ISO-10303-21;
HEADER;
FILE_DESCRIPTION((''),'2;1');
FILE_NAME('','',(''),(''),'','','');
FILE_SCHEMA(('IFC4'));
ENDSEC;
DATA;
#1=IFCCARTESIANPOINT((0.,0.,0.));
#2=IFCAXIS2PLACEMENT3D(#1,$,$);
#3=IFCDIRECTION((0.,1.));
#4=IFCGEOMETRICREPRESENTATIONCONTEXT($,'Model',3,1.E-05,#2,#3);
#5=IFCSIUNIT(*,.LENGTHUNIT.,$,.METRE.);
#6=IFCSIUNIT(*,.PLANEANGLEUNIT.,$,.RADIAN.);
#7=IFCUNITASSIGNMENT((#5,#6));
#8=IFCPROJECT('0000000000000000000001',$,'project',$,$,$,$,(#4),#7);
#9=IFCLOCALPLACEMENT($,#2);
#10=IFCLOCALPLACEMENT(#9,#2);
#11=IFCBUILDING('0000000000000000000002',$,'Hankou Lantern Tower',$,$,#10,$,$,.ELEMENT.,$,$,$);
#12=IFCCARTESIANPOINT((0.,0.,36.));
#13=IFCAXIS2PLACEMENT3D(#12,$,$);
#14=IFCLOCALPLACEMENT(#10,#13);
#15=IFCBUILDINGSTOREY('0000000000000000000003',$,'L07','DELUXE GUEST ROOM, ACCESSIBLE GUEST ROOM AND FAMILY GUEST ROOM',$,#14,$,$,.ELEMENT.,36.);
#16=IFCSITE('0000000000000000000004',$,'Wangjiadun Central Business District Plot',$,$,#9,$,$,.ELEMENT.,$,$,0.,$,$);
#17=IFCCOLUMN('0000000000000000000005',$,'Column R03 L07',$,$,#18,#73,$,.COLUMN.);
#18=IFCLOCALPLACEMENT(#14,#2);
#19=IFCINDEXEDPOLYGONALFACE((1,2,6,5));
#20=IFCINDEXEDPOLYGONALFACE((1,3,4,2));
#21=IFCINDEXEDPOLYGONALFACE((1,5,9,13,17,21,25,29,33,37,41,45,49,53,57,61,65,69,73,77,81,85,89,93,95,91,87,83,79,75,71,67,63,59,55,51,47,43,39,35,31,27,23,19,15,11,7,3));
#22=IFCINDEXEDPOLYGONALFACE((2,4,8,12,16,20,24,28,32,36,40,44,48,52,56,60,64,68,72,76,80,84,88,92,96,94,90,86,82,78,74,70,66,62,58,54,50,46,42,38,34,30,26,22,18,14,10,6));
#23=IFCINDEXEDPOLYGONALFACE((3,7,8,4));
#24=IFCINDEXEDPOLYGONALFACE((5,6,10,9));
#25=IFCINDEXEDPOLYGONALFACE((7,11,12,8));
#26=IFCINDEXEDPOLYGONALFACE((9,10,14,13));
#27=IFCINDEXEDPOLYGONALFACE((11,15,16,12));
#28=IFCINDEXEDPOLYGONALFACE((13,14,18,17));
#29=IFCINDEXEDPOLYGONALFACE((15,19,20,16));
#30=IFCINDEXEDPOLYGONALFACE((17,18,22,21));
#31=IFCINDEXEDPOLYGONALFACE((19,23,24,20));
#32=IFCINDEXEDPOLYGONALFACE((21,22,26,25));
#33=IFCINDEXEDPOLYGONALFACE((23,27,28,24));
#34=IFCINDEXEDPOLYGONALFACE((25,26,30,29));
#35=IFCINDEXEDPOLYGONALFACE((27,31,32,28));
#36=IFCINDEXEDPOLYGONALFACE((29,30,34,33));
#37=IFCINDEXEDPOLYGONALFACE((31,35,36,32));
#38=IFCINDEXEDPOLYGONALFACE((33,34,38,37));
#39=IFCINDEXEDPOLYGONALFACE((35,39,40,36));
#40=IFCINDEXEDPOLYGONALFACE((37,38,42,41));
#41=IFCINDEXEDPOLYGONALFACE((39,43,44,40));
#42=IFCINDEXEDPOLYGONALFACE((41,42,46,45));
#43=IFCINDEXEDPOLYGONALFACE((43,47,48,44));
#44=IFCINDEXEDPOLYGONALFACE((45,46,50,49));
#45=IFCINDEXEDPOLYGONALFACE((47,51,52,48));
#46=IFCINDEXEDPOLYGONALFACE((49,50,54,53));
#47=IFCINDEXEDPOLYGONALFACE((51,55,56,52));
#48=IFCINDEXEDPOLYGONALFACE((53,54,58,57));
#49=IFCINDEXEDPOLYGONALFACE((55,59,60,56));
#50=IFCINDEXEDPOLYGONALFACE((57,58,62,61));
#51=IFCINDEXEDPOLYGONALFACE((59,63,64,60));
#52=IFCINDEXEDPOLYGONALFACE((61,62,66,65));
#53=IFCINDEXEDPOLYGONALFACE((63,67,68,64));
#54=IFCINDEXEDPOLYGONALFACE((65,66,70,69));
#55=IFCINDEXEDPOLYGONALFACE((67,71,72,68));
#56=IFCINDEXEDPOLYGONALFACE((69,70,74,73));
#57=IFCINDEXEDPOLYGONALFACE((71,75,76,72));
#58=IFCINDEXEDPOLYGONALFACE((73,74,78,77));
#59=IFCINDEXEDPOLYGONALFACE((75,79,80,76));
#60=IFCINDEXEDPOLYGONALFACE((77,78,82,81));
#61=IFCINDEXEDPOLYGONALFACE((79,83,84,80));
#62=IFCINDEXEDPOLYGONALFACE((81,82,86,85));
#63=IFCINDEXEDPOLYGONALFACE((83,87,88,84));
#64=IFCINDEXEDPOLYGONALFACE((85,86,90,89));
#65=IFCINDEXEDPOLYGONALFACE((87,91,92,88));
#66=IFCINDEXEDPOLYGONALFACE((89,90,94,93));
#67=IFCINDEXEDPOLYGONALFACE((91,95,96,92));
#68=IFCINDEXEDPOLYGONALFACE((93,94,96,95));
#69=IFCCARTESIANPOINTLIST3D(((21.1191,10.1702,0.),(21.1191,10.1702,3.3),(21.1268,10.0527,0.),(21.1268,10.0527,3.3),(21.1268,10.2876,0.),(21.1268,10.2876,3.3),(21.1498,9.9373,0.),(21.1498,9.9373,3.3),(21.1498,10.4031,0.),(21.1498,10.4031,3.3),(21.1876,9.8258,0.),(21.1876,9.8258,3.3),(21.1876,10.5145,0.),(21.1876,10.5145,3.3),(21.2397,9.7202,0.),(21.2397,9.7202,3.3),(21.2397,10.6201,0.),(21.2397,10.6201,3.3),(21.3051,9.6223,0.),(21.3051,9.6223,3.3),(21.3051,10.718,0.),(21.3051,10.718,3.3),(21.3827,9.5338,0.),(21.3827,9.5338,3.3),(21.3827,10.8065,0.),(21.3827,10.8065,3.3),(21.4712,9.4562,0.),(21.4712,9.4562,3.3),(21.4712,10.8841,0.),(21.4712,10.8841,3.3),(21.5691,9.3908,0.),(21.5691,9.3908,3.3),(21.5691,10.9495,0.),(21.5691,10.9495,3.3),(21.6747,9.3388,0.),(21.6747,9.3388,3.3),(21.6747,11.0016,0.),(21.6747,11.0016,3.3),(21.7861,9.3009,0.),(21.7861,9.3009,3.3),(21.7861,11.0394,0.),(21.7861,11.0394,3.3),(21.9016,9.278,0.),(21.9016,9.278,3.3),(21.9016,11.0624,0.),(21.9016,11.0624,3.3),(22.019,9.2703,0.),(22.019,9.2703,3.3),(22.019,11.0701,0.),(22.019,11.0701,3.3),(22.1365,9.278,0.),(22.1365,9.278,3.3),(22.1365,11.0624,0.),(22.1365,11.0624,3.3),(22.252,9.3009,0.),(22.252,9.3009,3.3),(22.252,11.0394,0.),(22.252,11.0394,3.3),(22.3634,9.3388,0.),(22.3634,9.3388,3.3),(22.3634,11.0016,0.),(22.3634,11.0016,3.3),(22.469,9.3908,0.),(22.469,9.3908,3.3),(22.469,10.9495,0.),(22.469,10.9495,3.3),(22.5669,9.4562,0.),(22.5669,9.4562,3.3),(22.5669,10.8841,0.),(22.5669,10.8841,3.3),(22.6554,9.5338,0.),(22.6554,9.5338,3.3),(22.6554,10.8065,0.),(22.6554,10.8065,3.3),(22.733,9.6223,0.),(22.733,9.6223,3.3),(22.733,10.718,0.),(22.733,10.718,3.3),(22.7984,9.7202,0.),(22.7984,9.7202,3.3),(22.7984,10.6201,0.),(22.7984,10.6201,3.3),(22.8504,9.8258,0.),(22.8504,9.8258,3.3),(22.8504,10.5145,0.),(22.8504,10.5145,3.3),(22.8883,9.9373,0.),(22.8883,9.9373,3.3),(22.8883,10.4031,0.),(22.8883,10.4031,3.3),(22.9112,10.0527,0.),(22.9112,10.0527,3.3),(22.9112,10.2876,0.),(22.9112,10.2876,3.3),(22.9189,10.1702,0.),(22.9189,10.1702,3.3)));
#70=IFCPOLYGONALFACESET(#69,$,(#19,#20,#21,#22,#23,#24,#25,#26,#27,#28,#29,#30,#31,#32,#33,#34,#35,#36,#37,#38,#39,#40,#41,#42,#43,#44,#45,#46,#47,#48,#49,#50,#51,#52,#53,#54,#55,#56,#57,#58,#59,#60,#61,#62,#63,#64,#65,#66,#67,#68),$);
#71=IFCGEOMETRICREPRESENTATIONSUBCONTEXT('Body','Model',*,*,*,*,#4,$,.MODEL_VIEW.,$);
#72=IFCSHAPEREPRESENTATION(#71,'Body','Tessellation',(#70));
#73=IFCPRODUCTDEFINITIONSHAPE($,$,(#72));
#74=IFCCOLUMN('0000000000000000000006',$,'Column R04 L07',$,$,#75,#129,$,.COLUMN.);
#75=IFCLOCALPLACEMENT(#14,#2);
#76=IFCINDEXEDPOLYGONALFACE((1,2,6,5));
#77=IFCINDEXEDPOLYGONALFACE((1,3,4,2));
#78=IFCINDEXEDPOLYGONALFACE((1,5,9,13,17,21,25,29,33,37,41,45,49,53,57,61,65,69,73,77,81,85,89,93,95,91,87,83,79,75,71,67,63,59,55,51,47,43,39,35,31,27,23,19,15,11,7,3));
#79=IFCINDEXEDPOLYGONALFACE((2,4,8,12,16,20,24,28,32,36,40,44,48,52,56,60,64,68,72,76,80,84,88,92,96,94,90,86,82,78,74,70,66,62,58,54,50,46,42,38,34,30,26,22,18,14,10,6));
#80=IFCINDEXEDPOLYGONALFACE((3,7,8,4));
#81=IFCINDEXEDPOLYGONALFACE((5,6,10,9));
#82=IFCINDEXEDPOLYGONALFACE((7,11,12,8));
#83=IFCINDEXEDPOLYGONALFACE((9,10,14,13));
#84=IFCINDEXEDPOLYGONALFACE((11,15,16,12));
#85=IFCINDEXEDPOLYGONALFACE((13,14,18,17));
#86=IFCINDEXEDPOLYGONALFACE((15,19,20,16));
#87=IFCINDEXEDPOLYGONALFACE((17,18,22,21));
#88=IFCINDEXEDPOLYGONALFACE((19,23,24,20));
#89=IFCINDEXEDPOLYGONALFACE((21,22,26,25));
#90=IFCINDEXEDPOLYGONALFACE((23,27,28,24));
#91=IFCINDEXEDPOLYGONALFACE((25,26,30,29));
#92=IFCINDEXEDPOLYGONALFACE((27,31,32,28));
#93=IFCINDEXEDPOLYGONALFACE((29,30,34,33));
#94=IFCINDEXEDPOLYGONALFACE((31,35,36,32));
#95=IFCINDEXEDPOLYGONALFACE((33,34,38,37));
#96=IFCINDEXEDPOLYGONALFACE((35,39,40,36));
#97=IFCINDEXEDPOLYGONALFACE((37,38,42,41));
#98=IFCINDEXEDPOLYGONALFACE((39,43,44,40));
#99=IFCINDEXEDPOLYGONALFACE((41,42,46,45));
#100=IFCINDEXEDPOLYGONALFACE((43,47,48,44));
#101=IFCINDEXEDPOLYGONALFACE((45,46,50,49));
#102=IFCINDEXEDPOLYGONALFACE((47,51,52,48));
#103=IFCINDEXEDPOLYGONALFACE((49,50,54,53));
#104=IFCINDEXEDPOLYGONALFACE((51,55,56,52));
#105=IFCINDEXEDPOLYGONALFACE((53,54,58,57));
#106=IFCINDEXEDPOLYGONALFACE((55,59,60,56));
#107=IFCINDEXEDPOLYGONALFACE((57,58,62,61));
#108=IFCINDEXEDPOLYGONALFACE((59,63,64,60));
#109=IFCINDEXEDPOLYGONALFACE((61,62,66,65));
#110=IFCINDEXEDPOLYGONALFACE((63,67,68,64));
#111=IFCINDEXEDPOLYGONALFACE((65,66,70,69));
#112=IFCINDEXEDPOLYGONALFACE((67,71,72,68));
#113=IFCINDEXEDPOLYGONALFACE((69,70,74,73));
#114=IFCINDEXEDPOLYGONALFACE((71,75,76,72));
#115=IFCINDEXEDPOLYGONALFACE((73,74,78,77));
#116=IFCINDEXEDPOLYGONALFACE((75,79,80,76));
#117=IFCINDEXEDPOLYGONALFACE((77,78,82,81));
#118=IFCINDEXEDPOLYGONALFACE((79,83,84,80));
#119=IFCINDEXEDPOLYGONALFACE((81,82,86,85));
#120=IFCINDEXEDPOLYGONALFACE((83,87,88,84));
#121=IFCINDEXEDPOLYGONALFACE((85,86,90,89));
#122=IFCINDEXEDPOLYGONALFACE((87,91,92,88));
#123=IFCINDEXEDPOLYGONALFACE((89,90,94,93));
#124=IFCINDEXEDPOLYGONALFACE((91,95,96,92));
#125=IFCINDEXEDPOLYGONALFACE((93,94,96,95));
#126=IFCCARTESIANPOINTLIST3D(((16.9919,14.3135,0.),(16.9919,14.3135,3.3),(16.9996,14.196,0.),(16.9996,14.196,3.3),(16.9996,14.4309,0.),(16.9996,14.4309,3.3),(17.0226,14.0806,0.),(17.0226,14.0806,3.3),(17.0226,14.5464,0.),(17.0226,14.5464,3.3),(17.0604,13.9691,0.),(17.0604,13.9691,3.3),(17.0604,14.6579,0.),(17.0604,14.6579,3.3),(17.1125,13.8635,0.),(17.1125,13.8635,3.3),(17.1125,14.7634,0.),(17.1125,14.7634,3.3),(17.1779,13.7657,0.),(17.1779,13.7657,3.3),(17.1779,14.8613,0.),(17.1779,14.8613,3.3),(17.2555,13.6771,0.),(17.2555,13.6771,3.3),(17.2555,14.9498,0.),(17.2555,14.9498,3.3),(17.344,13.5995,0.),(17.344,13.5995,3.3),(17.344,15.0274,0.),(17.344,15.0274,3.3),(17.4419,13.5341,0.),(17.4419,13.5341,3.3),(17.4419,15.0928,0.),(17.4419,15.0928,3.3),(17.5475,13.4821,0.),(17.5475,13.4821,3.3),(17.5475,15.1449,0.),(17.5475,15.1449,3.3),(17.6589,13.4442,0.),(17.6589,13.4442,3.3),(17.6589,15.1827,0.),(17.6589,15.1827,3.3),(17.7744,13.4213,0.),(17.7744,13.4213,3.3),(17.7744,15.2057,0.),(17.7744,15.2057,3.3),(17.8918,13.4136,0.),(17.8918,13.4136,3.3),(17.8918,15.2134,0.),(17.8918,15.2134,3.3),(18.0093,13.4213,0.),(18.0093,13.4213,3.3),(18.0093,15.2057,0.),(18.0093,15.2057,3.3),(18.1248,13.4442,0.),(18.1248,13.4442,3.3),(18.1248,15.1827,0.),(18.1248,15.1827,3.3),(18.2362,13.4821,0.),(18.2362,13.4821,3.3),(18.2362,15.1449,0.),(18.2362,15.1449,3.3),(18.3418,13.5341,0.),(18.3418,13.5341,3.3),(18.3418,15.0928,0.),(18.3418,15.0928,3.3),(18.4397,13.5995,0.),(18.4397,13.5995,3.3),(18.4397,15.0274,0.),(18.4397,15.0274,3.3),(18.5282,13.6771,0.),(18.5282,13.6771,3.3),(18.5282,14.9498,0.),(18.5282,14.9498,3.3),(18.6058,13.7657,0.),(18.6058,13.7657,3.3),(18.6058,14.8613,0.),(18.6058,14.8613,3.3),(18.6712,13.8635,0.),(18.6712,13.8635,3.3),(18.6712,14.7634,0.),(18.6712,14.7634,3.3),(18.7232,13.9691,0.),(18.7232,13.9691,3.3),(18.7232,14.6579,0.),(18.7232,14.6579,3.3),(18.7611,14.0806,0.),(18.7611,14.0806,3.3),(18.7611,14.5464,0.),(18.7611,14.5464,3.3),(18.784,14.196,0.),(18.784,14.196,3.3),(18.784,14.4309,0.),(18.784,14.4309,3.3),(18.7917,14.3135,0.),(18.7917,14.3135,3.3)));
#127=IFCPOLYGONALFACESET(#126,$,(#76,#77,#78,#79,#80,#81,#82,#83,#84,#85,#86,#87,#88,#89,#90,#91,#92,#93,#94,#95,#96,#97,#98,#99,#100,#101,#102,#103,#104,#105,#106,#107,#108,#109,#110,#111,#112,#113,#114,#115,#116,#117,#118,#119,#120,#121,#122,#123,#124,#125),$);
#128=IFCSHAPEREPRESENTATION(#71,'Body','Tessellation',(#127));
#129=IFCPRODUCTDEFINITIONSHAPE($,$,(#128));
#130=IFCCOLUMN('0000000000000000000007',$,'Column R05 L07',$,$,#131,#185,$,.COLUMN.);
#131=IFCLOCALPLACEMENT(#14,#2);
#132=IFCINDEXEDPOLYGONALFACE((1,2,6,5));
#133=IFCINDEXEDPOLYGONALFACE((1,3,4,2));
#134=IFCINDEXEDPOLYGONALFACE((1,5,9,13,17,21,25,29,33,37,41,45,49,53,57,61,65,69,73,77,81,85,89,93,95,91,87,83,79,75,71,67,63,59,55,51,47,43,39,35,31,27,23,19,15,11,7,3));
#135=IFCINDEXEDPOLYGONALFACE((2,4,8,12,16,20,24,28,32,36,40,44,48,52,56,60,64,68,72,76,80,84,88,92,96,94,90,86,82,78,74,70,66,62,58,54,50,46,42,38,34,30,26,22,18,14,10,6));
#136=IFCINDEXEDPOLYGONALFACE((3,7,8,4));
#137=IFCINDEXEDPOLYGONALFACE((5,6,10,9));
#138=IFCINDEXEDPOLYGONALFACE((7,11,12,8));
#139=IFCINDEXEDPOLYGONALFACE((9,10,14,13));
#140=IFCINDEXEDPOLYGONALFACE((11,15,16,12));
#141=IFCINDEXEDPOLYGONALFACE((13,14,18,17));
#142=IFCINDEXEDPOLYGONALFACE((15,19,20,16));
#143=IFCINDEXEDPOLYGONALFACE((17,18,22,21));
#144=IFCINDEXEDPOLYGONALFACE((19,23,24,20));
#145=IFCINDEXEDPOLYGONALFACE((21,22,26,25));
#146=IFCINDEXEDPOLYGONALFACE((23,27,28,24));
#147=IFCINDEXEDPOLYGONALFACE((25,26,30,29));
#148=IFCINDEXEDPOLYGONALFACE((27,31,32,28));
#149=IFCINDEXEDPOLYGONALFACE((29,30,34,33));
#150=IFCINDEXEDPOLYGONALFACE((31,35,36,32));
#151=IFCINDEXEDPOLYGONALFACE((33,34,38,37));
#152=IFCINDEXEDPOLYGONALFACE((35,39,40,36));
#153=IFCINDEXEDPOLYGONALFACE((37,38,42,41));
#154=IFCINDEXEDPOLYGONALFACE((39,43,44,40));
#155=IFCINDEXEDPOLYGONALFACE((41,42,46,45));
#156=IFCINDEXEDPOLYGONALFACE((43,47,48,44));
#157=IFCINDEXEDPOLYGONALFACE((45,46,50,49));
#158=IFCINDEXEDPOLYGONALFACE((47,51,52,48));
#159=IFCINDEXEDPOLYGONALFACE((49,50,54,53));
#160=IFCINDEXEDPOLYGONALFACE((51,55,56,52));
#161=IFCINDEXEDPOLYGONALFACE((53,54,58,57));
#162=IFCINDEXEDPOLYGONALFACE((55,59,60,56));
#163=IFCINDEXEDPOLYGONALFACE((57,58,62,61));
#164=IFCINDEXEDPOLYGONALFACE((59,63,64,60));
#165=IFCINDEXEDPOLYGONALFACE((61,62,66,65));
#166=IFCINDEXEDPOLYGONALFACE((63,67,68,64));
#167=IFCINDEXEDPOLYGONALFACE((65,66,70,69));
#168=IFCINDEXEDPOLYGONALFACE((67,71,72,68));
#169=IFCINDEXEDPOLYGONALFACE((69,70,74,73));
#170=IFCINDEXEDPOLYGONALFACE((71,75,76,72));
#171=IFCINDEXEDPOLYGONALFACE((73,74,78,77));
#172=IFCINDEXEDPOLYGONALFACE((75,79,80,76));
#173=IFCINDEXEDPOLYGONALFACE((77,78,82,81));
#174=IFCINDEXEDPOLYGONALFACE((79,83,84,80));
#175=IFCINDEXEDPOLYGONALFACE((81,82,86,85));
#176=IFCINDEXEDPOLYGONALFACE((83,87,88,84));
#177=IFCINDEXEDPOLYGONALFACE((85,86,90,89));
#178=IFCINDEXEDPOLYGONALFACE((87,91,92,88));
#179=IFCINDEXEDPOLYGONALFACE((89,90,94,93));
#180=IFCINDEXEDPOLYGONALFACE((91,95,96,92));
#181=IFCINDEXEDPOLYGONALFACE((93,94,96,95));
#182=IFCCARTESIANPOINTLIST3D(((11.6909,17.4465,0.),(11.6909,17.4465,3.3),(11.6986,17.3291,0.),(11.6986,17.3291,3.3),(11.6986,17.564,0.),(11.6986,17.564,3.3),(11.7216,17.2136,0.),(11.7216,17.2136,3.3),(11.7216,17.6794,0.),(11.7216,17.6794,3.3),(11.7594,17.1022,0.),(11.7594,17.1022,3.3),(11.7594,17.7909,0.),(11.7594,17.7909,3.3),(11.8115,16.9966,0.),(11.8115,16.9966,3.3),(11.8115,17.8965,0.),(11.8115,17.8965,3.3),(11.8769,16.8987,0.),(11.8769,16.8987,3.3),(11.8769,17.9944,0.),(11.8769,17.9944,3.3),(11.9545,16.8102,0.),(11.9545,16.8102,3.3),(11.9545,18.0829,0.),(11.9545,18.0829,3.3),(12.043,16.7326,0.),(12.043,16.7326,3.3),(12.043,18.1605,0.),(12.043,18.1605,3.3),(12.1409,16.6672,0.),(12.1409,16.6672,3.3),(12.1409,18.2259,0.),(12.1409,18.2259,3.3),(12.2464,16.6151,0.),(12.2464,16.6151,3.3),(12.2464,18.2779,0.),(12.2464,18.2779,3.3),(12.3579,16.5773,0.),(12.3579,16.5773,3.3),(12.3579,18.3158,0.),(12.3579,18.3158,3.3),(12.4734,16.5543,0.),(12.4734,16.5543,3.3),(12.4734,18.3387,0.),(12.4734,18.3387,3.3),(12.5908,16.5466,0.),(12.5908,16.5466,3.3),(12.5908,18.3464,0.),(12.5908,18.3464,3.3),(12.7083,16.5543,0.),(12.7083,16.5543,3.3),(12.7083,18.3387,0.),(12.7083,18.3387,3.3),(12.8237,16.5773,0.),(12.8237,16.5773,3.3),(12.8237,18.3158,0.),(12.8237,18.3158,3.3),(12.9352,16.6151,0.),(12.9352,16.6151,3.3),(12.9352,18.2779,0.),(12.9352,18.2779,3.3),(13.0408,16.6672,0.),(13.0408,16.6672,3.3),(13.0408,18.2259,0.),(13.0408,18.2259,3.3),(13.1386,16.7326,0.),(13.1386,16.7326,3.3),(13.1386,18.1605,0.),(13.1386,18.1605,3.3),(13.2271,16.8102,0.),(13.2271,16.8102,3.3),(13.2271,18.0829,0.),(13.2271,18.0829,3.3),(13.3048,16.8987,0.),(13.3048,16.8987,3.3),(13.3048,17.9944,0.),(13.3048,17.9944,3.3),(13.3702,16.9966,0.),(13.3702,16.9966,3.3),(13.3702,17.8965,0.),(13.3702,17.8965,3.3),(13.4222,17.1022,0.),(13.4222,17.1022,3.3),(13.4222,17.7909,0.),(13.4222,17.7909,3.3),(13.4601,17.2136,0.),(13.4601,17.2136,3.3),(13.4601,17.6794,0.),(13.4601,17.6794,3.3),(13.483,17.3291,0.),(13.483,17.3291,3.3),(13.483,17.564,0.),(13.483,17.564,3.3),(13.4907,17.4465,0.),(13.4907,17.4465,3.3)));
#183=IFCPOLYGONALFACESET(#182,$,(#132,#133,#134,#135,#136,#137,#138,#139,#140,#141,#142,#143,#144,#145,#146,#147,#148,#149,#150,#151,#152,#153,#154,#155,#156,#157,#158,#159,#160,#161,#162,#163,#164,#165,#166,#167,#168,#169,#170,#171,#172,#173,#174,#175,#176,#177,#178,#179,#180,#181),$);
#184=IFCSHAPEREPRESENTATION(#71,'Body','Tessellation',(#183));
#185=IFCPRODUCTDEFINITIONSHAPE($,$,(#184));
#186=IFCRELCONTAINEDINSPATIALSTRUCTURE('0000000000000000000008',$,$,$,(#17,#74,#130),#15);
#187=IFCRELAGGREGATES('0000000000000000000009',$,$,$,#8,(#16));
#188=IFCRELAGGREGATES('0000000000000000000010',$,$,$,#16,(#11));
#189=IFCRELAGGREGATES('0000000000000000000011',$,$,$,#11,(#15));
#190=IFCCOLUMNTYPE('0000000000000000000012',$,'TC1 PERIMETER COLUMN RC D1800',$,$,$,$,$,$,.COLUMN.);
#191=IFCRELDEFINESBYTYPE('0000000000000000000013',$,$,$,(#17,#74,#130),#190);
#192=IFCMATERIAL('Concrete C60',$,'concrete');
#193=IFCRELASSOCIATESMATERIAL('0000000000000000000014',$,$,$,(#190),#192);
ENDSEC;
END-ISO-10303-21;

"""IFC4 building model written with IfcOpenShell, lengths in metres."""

from ifc_helpers import new_model, si_unit, direction, frame, origin, origin_2d, place, context, subcontext, project, spatial, circle, extrude, material, material_profile, profile_set, type_object, element, save


model = new_model("IFC4")

# Units and contexts
model_context = context("Model", 3, precision=1e-05, world=origin(), true_north=direction((0.0, 1.0)))
body_context = subcontext(model_context, "Body", "Model", "MODEL_VIEW")
ifc_project = project(units=[si_unit("LENGTHUNIT", "METRE"), si_unit("PLANEANGLEUNIT", "RADIAN")], contexts=[model_context])

# Site, building, storey
site_placement = place(None, origin())
site = spatial("IfcSite", under=ifc_project, at=site_placement, Name="Wangjiadun Central Business District Plot", CompositionType="ELEMENT", RefElevation=0.0)
building_placement = place(site_placement, origin())
building = spatial("IfcBuilding", under=site, at=building_placement, Name="Hankou Lantern Tower", CompositionType="ELEMENT")
storey_placement = place(building_placement, frame((0.0, 0.0, 36.0)))
storey = spatial("IfcBuildingStorey", under=building, at=storey_placement, Name="L07", Description="DELUXE GUEST ROOM, ACCESSIBLE GUEST ROOM AND FAMILY GUEST ROOM", CompositionType="ELEMENT", Elevation=36.0)

# Columns
ifc_material_1 = material(Name="Concrete C60", Category="concrete")
ifc_material_profile_1 = material_profile(ifc_material_1, circle(Radius=0.8999, at=origin_2d()), Name="RC D1800")
ifc_profile_set_1 = profile_set([ifc_material_profile_1], Name="Concrete C60")
column_type = type_object("IfcColumnType", Name="TC1 PERIMETER COLUMN RC D1800", PredefinedType="COLUMN", material=ifc_profile_set_1)
for number, where, z_axis, x_axis, name in (
    (1, (22.019, 10.1702, 0.0), (0.0, 0.0, 1.0), (1.0, 0.0, 0.0), "Column R03 L07"),
    (2, (17.8918, 14.3135, 0.0), (0.0, 0.0, 1.0), (1.0, 0.0, 0.0), "Column R04 L07"),
    (3, (12.5908, 17.4465, 0.0), (0.0, 0.0, 1.0), (1.0, 0.0, 0.0), "Column R05 L07"),
):
    element("IfcColumn", number, at=place(storey_placement, frame(where, z_axis=z_axis, x_axis=x_axis)), inside=storey, type_object=column_type, Name=name, PredefinedType="COLUMN", context=body_context, shape_type="SweptSolid", body=[
        extrude(circle(Radius=0.8999, at=origin_2d()), origin(), (0.0, 0.0, 1.0), 3.3),
    ])

save(model, "model.ifc")
